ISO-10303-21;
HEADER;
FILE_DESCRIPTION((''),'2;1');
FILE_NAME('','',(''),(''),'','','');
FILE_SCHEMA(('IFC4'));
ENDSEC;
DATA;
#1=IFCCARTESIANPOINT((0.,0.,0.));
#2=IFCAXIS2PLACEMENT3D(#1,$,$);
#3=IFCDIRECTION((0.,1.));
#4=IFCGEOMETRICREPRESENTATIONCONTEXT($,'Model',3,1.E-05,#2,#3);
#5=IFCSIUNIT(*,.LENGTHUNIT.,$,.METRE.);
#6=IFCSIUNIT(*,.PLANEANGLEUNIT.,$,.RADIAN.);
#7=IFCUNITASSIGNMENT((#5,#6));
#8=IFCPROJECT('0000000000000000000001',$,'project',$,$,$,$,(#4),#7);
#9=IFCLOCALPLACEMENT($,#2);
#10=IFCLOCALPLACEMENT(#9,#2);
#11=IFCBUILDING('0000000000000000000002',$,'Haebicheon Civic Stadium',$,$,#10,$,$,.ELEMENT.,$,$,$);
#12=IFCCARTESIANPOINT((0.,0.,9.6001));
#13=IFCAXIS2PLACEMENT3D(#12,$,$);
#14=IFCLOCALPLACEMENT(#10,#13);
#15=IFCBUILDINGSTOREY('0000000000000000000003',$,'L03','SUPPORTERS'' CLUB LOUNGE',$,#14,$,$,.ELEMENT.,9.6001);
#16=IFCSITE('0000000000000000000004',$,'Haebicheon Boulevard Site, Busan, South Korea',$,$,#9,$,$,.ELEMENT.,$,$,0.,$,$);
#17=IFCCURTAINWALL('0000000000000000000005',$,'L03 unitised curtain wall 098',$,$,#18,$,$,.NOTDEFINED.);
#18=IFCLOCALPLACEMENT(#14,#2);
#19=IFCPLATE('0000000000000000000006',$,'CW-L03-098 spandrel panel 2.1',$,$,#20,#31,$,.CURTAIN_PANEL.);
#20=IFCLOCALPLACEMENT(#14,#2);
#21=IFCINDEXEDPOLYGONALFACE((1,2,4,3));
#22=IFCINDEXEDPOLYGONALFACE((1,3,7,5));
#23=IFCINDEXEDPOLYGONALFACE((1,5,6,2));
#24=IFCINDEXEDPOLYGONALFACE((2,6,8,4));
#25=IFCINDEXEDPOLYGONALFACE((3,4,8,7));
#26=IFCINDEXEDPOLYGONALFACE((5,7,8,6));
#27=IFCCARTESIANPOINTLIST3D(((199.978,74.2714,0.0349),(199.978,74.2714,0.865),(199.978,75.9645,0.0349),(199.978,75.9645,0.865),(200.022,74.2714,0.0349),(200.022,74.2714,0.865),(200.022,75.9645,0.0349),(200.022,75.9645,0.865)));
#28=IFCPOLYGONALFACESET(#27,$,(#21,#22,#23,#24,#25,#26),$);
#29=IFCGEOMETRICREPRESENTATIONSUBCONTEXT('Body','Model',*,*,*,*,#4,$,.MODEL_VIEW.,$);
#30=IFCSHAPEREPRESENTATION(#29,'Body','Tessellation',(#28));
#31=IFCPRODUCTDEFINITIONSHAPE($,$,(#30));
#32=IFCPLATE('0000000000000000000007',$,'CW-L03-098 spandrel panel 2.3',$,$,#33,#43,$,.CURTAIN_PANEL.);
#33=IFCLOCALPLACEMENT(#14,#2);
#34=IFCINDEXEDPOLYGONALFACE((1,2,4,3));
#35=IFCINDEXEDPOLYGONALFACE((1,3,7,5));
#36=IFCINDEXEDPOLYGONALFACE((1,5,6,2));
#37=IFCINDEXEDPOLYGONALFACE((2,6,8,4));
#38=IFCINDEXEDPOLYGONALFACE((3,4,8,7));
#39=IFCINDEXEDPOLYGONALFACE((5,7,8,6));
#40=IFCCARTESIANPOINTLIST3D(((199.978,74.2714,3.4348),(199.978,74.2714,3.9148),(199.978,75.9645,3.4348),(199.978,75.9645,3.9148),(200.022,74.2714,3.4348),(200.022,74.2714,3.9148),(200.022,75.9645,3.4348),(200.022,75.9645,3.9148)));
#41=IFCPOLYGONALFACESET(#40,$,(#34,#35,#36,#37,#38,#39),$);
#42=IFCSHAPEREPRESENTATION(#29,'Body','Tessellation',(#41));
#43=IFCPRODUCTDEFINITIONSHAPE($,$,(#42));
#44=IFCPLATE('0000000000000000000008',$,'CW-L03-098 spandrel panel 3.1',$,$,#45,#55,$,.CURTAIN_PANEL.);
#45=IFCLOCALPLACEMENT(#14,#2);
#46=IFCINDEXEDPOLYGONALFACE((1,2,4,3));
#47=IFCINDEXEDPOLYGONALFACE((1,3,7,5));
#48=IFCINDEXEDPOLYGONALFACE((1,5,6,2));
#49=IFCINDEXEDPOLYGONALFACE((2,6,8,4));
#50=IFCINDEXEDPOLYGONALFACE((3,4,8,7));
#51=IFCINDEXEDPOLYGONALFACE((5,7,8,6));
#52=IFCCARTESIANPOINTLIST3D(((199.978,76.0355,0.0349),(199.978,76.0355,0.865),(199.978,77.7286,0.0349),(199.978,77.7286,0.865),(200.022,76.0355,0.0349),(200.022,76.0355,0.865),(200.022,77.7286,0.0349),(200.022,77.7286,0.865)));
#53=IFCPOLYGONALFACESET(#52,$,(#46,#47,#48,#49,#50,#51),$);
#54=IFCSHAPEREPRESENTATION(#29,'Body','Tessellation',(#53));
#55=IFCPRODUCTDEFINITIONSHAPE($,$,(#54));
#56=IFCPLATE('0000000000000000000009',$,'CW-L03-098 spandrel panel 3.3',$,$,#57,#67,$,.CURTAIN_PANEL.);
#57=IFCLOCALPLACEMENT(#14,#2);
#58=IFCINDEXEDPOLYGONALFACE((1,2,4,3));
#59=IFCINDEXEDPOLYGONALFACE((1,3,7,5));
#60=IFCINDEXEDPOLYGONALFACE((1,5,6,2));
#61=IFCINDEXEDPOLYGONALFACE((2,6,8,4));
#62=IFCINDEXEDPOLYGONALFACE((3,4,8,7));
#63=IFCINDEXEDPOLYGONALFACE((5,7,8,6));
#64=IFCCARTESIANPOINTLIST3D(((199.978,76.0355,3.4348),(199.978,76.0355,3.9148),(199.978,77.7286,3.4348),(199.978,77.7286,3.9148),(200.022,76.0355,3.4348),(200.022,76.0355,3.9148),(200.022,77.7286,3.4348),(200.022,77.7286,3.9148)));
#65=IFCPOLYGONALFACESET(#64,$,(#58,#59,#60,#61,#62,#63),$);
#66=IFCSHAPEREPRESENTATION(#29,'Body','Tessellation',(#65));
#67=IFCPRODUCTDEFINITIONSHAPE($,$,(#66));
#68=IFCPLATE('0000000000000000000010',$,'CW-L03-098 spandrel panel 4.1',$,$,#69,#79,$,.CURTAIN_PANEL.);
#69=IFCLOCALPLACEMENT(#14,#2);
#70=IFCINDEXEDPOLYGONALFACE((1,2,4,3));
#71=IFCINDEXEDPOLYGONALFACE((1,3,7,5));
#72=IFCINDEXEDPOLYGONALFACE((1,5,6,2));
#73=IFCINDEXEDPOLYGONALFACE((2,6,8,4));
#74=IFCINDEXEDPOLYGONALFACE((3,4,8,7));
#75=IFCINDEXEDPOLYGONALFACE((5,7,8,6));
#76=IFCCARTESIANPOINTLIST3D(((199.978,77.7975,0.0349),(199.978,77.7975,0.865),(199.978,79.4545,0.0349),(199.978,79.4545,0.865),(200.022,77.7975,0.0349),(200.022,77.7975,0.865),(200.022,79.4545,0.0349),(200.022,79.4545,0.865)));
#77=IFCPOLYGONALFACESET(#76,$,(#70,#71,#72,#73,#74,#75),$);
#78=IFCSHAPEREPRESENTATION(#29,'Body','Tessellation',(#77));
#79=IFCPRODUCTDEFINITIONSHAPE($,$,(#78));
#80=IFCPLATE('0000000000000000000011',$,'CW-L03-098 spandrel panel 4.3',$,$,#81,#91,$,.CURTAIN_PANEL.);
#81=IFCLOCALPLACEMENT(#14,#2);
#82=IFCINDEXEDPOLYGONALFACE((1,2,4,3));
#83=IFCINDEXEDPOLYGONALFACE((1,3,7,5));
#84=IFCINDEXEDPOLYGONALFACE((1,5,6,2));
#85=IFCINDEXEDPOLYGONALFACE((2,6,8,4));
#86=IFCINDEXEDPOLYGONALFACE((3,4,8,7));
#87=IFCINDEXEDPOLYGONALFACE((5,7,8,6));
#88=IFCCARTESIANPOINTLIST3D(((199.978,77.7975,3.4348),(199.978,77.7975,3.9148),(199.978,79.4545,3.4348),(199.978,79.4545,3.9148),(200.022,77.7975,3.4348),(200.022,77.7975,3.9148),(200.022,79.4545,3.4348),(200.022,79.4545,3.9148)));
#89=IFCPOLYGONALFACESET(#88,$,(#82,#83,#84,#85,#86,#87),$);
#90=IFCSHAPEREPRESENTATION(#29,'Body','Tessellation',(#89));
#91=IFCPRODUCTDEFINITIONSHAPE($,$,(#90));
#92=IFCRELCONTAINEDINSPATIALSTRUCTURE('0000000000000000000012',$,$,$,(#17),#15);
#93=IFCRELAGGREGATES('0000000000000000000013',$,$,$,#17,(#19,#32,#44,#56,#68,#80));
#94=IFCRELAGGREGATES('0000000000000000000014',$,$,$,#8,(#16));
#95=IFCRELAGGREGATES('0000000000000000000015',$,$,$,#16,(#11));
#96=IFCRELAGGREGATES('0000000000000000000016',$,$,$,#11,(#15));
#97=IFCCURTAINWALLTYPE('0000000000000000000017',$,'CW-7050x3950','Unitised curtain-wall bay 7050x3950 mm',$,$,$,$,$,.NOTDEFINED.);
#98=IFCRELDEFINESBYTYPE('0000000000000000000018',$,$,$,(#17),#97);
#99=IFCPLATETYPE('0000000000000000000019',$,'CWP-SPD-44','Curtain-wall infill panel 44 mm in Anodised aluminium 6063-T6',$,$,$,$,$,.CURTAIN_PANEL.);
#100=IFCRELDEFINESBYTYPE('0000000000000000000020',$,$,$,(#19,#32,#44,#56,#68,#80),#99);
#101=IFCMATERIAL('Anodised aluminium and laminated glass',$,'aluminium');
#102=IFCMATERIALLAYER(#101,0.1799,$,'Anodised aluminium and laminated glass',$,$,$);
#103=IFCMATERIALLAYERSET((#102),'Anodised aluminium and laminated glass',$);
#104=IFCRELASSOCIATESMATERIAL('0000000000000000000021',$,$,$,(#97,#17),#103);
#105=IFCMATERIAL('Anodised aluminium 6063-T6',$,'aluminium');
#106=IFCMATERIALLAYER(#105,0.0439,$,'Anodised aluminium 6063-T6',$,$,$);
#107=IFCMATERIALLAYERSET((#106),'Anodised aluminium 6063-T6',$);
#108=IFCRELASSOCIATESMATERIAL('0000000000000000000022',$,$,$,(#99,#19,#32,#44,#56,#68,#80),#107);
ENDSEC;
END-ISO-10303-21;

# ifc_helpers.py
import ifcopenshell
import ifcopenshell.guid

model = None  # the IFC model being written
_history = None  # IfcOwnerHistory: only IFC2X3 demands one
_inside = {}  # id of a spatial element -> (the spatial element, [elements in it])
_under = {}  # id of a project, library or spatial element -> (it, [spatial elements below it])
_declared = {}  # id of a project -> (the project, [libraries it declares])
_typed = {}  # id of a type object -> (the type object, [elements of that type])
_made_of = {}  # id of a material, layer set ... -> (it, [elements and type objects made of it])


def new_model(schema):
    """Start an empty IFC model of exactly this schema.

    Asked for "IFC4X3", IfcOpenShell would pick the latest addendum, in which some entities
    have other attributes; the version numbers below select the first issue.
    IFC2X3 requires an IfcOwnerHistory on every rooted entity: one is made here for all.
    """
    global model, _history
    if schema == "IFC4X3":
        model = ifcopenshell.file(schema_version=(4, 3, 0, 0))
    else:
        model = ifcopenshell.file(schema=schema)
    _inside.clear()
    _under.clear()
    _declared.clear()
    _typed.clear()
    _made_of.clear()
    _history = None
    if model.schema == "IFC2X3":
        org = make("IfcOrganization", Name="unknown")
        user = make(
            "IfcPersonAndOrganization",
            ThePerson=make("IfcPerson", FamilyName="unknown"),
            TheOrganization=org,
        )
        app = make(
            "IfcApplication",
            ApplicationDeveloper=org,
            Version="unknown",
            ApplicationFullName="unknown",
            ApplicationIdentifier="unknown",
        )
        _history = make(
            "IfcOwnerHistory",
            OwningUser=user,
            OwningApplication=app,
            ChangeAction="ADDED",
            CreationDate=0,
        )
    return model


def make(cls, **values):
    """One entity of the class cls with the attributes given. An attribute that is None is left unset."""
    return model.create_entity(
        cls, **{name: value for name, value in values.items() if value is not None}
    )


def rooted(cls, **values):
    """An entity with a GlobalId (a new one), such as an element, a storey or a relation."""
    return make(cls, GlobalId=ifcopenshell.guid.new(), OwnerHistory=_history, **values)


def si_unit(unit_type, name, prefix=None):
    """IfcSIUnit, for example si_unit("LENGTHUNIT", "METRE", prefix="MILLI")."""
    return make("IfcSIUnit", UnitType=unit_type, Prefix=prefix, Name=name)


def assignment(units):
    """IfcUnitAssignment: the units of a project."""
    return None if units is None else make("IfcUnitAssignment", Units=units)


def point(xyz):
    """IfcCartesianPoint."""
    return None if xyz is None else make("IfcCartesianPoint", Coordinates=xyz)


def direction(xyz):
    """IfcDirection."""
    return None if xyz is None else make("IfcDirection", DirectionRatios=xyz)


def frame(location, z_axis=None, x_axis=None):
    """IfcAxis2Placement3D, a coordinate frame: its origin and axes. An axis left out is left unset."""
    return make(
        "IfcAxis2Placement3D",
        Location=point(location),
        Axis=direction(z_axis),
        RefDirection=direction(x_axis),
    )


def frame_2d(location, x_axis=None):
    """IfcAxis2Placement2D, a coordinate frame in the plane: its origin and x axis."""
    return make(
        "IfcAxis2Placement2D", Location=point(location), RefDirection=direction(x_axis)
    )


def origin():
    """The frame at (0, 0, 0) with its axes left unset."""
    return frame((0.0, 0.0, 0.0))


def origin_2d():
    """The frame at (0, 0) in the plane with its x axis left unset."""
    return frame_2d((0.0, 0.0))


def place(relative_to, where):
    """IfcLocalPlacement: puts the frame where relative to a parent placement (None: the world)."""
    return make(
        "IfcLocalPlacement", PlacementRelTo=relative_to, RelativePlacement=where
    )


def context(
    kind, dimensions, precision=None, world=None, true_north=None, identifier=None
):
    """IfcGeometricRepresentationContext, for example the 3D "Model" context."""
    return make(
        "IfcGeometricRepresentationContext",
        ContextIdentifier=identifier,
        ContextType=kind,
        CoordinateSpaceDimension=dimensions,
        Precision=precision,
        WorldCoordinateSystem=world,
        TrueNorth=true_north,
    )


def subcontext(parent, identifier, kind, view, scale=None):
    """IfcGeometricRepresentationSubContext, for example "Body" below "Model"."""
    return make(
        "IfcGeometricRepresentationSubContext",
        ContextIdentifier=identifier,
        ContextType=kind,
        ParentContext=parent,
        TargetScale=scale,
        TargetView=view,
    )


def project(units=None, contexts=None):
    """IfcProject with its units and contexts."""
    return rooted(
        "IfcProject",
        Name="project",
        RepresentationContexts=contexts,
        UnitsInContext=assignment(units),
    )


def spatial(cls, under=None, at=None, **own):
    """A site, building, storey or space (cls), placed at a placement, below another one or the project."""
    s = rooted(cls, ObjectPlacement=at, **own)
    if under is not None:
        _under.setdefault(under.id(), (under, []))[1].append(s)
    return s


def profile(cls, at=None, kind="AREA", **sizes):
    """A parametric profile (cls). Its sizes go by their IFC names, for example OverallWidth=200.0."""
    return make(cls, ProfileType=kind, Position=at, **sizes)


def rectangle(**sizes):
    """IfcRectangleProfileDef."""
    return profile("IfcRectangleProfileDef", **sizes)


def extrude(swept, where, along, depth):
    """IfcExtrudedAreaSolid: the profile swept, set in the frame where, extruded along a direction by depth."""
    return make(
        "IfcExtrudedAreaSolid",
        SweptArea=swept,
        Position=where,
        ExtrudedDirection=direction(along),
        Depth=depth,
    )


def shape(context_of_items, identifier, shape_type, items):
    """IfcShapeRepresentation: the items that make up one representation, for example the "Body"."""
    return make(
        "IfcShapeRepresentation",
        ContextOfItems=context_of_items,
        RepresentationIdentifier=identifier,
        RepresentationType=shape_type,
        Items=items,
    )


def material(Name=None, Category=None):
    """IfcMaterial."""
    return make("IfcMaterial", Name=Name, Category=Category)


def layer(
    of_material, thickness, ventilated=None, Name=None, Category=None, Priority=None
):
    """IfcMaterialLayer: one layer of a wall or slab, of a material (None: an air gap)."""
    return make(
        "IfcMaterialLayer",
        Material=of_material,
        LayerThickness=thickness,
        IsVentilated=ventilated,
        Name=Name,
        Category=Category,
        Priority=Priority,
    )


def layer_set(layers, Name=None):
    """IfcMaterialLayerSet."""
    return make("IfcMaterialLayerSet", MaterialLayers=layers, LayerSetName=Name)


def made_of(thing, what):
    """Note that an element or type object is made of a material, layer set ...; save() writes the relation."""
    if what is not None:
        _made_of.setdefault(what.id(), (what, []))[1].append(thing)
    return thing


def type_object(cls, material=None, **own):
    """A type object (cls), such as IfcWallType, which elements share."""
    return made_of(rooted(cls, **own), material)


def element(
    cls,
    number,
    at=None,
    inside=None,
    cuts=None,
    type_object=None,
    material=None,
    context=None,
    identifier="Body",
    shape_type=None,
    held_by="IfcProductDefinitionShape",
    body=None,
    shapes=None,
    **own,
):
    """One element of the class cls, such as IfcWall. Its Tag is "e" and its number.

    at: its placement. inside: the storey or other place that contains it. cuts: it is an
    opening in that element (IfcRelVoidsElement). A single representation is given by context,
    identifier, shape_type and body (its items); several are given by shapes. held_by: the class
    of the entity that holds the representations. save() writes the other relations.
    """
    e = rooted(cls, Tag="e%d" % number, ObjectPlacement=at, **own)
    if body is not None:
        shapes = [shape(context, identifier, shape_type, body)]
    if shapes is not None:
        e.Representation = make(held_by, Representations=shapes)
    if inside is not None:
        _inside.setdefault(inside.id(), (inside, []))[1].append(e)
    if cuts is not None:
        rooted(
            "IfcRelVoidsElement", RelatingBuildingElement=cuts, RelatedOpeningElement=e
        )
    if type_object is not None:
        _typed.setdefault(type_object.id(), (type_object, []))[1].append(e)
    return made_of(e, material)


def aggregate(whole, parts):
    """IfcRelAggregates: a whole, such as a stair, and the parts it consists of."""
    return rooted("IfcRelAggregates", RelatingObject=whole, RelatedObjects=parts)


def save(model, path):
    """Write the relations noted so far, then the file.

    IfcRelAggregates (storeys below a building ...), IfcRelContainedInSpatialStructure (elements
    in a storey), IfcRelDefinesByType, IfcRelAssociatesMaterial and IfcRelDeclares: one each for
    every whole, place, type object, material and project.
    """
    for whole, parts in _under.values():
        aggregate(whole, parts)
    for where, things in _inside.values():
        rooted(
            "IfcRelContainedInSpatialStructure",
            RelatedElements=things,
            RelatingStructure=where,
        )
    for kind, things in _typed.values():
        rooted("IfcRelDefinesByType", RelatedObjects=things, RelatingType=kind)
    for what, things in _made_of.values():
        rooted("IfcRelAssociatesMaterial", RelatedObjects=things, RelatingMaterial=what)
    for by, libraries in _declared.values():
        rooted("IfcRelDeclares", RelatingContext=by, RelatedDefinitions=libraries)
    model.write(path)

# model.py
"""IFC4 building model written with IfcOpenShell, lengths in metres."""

from ifc_helpers import new_model, si_unit, direction, frame, origin, origin_2d, place, context, subcontext, project, spatial, rectangle, extrude, material, layer, layer_set, type_object, element, aggregate, save


model = new_model("IFC4")

# Units and contexts
model_context = context("Model", 3, precision=1e-05, world=origin(), true_north=direction((0.0, 1.0)))
body_context = subcontext(model_context, "Body", "Model", "MODEL_VIEW")
ifc_project = project(units=[si_unit("LENGTHUNIT", "METRE"), si_unit("PLANEANGLEUNIT", "RADIAN")], contexts=[model_context])

# Site, building, storey
site_placement = place(None, origin())
site = spatial("IfcSite", under=ifc_project, at=site_placement, Name="Haebicheon Boulevard Site, Busan, South Korea", CompositionType="ELEMENT", RefElevation=0.0)
building_placement = place(site_placement, origin())
building = spatial("IfcBuilding", under=site, at=building_placement, Name="Haebicheon Civic Stadium", CompositionType="ELEMENT")
storey_placement = place(building_placement, frame((0.0, 0.0, 9.6001)))
storey = spatial("IfcBuildingStorey", under=building, at=storey_placement, Name="L03", Description="SUPPORTERS' CLUB LOUNGE", CompositionType="ELEMENT", Elevation=9.6001)

# Curtain wall
ifc_material_1 = material(Name="Anodised aluminium and laminated glass", Category="aluminium")
ifc_layer_1 = layer(ifc_material_1, 0.1799, Name="Anodised aluminium and laminated glass")
ifc_layer_set_1 = layer_set([ifc_layer_1], Name="Anodised aluminium and laminated glass")
curtain_wall_type = type_object("IfcCurtainWallType", Name="CW-7050x3950", Description="Unitised curtain-wall bay 7050x3950 mm", PredefinedType="NOTDEFINED", material=ifc_layer_set_1)
curtain_wall_placement = place(storey_placement, origin())
curtain_wall = element("IfcCurtainWall", 1, at=curtain_wall_placement, inside=storey, type_object=curtain_wall_type, material=ifc_layer_set_1, Name="L03 unitised curtain wall 098", PredefinedType="NOTDEFINED")

# Plates
ifc_material_2 = material(Name="Anodised aluminium 6063-T6", Category="aluminium")
ifc_layer_2 = layer(ifc_material_2, 0.0439, Name="Anodised aluminium 6063-T6")
ifc_layer_set_2 = layer_set([ifc_layer_2], Name="Anodised aluminium 6063-T6")
plate_type_1 = type_object("IfcPlateType", Name="CWP-SPD-44", Description="Curtain-wall infill panel 44 mm in Anodised aluminium 6063-T6", PredefinedType="CURTAIN_PANEL", material=ifc_layer_set_2)
plate_1_placement = place(storey_placement, frame((200.0, 75.1179, 0.0349), z_axis=(0.0, 0.0, 1.0), x_axis=(0.0, 1.0, 0.0)))
plate_1 = element("IfcPlate", 2, at=plate_1_placement, type_object=plate_type_1, material=ifc_layer_set_2, Name="CW-L03-098 spandrel panel 2.1", PredefinedType="CURTAIN_PANEL", context=body_context, shape_type="SweptSolid", body=[
    extrude(rectangle(XDim=1.6931, YDim=0.0439, at=origin_2d()), origin(), (0.0, 0.0, 1.0), 0.8301),
])
plate_2_placement = place(storey_placement, frame((200.0, 75.1179, 3.4348), z_axis=(0.0, 0.0, 1.0), x_axis=(0.0, 1.0, 0.0)))
plate_2 = element("IfcPlate", 3, at=plate_2_placement, type_object=plate_type_1, material=ifc_layer_set_2, Name="CW-L03-098 spandrel panel 2.3", PredefinedType="CURTAIN_PANEL", context=body_context, shape_type="SweptSolid", body=[
    extrude(rectangle(XDim=1.6931, YDim=0.0439, at=origin_2d()), origin(), (0.0, 0.0, 1.0), 0.48),
])
plate_3_placement = place(storey_placement, frame((200.0, 76.8821, 0.0349), z_axis=(0.0, 0.0, 1.0), x_axis=(0.0, 1.0, 0.0)))
plate_3 = element("IfcPlate", 4, at=plate_3_placement, type_object=plate_type_1, material=ifc_layer_set_2, Name="CW-L03-098 spandrel panel 3.1", PredefinedType="CURTAIN_PANEL", context=body_context, shape_type="SweptSolid", body=[
    extrude(rectangle(XDim=1.6931, YDim=0.0439, at=origin_2d()), origin(), (0.0, 0.0, 1.0), 0.8301),
])
plate_4_placement = place(storey_placement, frame((200.0, 76.8821, 3.4348), z_axis=(0.0, 0.0, 1.0), x_axis=(0.0, 1.0, 0.0)))
plate_4 = element("IfcPlate", 5, at=plate_4_placement, type_object=plate_type_1, material=ifc_layer_set_2, Name="CW-L03-098 spandrel panel 3.3", PredefinedType="CURTAIN_PANEL", context=body_context, shape_type="SweptSolid", body=[
    extrude(rectangle(XDim=1.6931, YDim=0.0439, at=origin_2d()), origin(), (0.0, 0.0, 1.0), 0.48),
])
plate_5_placement = place(storey_placement, frame((200.0, 78.626, 0.0349), z_axis=(0.0, 0.0, 1.0), x_axis=(0.0, 1.0, 0.0)))
plate_5 = element("IfcPlate", 6, at=plate_5_placement, type_object=plate_type_1, material=ifc_layer_set_2, Name="CW-L03-098 spandrel panel 4.1", PredefinedType="CURTAIN_PANEL", context=body_context, shape_type="SweptSolid", body=[
    extrude(rectangle(XDim=1.657, YDim=0.0439, at=origin_2d()), origin(), (0.0, 0.0, 1.0), 0.8301),
])
plate_6_placement = place(storey_placement, frame((200.0, 78.626, 3.4348), z_axis=(0.0, 0.0, 1.0), x_axis=(0.0, 1.0, 0.0)))
plate_6 = element("IfcPlate", 7, at=plate_6_placement, type_object=plate_type_1, material=ifc_layer_set_2, Name="CW-L03-098 spandrel panel 4.3", PredefinedType="CURTAIN_PANEL", context=body_context, shape_type="SweptSolid", body=[
    extrude(rectangle(XDim=1.657, YDim=0.0439, at=origin_2d()), origin(), (0.0, 0.0, 1.0), 0.48),
])
aggregate(curtain_wall, [plate_1, plate_2, plate_3, plate_4, plate_5, plate_6])

save(model, "model.ifc")
